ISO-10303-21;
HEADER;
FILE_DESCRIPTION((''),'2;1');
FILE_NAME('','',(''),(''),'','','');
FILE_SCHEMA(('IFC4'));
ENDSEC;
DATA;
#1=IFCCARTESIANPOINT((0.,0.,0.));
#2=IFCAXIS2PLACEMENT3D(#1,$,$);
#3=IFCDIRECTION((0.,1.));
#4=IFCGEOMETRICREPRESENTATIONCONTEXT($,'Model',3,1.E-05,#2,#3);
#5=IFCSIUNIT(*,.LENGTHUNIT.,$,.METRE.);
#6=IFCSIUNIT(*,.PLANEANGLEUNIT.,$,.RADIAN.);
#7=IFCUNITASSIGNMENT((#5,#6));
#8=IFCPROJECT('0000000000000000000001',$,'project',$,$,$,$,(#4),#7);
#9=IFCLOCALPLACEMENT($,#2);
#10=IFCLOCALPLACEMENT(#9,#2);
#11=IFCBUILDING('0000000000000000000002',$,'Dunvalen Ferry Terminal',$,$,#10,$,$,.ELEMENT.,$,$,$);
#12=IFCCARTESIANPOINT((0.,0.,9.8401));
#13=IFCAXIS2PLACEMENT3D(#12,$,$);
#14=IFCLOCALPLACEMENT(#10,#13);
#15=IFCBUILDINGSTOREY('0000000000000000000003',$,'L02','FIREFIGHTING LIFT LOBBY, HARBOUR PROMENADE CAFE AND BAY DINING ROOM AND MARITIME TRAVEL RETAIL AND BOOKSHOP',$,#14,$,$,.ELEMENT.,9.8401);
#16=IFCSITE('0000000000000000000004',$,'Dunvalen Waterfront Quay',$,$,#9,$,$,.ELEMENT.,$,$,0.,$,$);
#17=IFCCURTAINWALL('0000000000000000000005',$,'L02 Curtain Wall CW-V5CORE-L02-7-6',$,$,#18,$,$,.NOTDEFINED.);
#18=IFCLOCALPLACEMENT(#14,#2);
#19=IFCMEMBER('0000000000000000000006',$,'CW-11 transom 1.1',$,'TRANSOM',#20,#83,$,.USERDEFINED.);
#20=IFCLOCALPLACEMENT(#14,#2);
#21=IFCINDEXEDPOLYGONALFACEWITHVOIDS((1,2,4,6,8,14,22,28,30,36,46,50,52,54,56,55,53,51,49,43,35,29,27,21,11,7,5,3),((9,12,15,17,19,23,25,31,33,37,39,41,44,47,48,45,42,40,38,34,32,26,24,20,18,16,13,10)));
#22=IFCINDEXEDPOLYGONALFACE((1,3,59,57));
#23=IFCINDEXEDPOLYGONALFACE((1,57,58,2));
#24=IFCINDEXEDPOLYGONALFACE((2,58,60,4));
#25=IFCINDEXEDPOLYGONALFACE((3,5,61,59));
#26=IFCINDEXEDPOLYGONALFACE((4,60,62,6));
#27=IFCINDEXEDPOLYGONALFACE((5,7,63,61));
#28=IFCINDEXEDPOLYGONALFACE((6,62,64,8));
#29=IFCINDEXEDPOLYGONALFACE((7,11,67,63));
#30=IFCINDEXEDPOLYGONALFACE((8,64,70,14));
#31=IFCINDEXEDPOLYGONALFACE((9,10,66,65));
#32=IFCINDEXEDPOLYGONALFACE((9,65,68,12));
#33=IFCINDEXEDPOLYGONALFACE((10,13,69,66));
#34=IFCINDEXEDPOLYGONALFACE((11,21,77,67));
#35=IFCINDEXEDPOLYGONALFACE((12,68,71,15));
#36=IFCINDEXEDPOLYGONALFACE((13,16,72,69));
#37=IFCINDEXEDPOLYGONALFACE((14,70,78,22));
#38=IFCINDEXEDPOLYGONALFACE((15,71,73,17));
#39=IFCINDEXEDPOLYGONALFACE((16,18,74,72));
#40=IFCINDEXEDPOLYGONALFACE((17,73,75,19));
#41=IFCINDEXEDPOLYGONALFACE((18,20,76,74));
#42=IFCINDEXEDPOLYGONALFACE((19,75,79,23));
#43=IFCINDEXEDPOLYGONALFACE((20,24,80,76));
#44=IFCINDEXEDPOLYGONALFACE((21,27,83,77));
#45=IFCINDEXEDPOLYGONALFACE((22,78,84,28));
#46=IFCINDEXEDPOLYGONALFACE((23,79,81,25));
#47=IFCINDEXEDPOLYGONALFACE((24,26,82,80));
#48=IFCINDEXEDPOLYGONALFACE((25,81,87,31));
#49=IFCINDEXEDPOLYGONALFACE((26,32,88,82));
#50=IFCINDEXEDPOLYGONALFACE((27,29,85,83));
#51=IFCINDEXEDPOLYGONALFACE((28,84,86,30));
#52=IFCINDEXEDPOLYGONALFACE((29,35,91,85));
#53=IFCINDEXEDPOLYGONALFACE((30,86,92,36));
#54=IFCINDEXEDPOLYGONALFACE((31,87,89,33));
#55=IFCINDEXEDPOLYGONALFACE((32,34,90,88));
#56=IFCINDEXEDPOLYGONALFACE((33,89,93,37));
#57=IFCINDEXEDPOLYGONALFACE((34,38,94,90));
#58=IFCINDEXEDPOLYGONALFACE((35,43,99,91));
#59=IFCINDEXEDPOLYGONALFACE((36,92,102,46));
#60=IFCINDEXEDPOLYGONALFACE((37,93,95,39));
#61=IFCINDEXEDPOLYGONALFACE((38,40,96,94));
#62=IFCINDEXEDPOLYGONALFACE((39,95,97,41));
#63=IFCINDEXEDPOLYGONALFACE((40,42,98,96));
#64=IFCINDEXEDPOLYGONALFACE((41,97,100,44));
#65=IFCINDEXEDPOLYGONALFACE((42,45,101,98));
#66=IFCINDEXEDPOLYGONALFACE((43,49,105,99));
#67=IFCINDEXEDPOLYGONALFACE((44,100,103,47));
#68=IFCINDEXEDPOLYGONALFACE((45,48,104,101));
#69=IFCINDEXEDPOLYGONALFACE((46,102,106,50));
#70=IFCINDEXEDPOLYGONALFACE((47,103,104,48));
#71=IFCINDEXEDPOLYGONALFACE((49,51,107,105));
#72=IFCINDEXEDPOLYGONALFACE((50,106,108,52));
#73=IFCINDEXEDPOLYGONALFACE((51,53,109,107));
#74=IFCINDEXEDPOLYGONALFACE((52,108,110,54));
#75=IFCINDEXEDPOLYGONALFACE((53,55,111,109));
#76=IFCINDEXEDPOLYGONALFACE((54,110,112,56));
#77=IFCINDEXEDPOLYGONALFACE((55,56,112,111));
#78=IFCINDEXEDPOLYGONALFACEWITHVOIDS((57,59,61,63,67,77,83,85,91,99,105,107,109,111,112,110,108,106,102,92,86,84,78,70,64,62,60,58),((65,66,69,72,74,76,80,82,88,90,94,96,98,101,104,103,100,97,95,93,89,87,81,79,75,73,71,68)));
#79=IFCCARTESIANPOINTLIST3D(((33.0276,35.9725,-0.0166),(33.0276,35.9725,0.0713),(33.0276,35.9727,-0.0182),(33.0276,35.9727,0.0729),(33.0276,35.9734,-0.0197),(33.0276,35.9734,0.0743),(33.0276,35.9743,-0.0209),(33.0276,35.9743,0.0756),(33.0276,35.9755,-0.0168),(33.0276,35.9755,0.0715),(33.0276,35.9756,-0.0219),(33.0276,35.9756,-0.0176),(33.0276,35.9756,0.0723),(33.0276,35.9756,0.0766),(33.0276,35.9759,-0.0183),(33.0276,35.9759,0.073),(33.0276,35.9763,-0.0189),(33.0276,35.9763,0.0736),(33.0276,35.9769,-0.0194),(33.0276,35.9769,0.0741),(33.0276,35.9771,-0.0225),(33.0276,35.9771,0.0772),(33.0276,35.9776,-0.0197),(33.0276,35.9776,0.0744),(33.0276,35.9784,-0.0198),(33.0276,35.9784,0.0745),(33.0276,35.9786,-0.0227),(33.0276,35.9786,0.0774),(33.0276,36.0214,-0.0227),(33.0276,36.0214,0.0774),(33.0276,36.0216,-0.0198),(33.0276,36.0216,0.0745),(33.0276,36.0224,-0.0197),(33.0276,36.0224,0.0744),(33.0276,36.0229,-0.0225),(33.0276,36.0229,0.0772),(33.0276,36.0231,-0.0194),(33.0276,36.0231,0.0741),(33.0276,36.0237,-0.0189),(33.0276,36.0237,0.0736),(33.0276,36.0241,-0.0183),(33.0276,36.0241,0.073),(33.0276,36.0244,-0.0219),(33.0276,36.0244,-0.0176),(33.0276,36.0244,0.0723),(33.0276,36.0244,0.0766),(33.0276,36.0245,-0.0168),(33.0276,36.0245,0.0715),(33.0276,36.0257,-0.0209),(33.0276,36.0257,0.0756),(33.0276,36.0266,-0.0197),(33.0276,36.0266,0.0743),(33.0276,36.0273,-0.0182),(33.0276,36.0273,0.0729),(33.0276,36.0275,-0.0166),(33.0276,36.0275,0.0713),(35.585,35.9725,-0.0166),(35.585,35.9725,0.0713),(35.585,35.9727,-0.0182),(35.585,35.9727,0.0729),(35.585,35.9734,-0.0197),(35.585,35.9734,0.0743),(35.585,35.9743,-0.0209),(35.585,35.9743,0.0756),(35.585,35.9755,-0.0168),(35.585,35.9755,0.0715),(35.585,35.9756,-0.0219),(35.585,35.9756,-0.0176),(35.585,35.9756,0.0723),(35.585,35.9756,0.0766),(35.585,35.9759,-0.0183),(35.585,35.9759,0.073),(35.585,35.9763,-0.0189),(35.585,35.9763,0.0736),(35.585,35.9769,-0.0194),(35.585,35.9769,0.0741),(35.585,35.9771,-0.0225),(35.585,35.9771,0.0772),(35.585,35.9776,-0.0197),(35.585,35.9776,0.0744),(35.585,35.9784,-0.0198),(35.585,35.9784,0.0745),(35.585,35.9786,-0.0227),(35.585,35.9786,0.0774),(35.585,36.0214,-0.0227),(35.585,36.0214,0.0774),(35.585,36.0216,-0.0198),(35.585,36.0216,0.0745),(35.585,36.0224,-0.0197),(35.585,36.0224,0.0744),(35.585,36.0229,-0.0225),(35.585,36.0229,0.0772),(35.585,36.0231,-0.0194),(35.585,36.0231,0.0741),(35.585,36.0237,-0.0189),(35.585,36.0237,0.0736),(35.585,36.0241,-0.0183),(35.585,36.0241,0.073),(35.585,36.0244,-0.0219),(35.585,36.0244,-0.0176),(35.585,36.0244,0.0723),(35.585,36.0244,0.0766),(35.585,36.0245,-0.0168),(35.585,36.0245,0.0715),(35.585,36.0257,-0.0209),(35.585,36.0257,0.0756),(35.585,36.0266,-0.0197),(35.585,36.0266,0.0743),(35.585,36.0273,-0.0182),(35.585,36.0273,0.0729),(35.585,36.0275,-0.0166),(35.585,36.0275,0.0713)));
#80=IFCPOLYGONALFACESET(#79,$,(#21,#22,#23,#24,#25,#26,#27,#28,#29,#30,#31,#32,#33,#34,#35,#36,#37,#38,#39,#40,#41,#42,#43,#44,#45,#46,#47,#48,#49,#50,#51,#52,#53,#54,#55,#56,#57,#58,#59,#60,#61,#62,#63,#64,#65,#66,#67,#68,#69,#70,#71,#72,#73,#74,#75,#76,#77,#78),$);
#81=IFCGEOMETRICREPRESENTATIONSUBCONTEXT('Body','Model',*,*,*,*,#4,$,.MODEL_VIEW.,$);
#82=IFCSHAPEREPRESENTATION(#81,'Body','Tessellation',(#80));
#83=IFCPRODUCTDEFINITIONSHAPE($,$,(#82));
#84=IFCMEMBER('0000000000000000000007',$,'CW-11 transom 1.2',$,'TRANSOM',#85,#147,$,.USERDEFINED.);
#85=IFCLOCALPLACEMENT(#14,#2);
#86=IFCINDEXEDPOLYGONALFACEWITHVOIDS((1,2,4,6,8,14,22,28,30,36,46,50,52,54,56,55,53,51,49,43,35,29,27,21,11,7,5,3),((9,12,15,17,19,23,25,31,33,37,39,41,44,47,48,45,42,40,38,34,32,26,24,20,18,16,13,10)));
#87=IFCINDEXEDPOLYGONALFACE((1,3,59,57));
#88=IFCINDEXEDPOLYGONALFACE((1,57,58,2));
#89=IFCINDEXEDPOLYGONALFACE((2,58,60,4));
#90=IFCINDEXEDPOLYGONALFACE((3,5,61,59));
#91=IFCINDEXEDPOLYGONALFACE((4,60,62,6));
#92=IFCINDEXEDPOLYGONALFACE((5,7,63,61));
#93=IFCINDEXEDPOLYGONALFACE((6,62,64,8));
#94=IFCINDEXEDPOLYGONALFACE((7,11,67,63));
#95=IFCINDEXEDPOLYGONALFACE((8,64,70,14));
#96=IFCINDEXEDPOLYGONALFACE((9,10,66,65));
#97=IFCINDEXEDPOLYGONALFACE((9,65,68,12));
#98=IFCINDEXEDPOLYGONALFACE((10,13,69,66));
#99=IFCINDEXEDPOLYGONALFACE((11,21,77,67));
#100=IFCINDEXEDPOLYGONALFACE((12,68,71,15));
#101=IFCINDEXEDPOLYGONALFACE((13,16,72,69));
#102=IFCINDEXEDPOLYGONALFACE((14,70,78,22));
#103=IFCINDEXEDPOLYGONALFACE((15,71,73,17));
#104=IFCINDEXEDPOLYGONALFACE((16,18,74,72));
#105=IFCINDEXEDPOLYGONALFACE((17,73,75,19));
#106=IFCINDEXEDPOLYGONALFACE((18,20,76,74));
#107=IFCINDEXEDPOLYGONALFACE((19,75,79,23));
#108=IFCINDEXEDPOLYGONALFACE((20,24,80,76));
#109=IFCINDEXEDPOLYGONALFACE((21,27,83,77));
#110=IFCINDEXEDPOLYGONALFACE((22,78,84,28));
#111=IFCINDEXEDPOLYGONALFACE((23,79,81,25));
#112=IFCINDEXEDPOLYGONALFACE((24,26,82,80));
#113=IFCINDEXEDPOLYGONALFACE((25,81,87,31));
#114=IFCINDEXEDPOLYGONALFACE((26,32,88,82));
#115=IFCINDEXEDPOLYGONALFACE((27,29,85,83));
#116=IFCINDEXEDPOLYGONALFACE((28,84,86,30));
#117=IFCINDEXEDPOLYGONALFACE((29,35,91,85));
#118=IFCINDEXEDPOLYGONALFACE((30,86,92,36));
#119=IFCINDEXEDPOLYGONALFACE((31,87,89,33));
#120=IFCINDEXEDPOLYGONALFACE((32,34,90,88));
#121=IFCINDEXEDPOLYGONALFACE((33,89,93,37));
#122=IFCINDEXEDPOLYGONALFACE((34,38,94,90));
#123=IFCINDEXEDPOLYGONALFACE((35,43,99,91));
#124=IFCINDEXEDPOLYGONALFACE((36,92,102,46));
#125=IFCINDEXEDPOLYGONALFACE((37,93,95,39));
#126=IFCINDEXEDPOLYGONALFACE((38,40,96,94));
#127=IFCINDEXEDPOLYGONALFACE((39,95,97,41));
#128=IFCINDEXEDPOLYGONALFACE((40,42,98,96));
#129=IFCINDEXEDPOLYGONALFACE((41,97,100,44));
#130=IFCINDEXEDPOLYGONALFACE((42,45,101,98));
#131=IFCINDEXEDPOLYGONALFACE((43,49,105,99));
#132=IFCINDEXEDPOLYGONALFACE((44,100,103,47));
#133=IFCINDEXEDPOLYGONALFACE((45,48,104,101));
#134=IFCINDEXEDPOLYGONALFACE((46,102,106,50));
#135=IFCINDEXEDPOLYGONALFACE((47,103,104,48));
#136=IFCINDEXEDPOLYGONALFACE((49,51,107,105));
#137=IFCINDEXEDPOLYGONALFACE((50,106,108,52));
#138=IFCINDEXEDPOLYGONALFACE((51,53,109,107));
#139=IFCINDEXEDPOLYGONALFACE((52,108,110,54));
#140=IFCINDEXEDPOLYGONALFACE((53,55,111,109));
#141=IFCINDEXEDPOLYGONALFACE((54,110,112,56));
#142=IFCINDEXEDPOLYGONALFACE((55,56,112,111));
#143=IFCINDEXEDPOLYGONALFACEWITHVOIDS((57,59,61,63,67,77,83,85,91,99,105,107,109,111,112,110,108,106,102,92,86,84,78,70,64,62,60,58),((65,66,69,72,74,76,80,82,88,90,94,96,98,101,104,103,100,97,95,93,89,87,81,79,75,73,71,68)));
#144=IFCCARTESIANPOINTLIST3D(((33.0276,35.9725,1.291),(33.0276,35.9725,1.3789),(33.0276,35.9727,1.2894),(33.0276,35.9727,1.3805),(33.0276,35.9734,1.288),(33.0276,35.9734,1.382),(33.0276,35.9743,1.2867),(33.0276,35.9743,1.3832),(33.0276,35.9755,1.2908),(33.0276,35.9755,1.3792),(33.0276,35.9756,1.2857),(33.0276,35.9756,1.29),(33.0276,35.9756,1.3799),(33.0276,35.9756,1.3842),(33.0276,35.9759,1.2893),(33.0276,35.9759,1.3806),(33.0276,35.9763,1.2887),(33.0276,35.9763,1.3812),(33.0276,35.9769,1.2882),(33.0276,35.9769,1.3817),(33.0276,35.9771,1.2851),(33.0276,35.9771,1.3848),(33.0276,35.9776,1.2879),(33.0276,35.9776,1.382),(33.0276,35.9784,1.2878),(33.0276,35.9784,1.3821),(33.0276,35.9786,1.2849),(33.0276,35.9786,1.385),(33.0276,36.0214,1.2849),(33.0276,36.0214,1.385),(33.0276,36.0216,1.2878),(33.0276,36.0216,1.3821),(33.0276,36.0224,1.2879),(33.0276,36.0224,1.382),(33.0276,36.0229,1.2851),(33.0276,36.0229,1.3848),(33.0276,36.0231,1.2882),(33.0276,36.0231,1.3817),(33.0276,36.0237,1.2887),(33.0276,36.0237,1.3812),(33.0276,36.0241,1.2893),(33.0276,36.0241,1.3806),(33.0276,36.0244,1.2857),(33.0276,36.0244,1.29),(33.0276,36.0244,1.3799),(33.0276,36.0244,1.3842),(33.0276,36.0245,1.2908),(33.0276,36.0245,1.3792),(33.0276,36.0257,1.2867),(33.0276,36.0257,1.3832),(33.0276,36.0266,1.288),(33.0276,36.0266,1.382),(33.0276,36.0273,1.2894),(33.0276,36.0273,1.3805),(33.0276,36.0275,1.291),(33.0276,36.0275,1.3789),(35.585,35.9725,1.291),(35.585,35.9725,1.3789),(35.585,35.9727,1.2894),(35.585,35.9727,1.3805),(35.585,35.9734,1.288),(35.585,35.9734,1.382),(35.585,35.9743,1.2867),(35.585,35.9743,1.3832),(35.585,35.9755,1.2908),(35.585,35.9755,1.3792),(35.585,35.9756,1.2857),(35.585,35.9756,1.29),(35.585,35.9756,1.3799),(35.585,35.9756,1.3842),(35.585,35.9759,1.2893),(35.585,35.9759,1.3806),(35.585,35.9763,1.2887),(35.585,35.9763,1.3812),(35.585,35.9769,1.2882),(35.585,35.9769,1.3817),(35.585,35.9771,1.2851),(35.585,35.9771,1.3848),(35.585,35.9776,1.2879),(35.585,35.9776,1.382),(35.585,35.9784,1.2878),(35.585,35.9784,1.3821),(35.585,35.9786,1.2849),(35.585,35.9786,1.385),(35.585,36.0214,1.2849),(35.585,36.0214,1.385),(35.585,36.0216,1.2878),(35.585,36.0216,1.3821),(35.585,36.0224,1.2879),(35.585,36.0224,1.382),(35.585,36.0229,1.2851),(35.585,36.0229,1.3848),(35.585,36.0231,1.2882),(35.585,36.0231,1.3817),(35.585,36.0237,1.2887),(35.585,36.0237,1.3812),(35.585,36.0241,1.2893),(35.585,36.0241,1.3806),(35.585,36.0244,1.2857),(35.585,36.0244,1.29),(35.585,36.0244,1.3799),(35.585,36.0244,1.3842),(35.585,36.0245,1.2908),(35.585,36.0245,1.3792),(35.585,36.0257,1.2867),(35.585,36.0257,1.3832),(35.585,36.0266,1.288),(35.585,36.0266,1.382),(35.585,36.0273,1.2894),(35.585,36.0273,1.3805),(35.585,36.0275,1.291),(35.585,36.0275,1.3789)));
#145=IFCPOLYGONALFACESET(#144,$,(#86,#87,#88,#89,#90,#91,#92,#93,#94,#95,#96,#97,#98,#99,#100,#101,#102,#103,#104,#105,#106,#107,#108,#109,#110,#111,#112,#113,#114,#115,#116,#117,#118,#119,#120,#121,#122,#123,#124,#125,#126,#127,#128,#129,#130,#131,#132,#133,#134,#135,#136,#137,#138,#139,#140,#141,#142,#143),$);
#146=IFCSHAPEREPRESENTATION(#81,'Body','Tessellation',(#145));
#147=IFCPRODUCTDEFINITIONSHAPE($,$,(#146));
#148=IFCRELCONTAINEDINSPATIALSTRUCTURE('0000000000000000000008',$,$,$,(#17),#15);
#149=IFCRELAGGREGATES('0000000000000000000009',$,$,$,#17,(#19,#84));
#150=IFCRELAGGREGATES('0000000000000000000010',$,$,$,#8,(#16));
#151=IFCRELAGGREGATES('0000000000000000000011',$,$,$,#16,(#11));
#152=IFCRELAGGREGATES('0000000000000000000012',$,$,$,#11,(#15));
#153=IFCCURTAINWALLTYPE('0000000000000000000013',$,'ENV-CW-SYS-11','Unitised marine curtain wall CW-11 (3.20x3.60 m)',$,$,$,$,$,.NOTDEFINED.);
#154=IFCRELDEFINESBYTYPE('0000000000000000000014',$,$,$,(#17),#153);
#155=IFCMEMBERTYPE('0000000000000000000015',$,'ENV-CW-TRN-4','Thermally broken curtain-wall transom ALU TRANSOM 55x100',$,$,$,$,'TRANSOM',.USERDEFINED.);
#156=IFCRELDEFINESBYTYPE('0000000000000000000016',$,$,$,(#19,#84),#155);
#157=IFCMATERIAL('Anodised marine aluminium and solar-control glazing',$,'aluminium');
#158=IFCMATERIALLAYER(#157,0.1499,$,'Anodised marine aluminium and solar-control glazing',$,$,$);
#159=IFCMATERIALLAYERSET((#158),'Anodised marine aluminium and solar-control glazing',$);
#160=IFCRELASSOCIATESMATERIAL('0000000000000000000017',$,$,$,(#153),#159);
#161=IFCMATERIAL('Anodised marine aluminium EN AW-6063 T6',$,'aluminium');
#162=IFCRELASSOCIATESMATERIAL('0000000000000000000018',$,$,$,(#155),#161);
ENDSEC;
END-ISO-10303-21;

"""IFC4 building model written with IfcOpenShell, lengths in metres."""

from ifc_helpers import new_model, si_unit, direction, frame, origin, origin_2d, place, context, subcontext, project, spatial, hollow_rectangle, extrude, material, layer, layer_set, material_profile, profile_set, type_object, element, aggregate, save


model = new_model("IFC4")

# Units and contexts
model_context = context("Model", 3, precision=1e-05, world=origin(), true_north=direction((0.0, 1.0)))
body_context = subcontext(model_context, "Body", "Model", "MODEL_VIEW")
ifc_project = project(units=[si_unit("LENGTHUNIT", "METRE"), si_unit("PLANEANGLEUNIT", "RADIAN")], contexts=[model_context])

# Site, building, storey
site_placement = place(None, origin())
site = spatial("IfcSite", under=ifc_project, at=site_placement, Name="Dunvalen Waterfront Quay", CompositionType="ELEMENT", RefElevation=0.0)
building_placement = place(site_placement, origin())
building = spatial("IfcBuilding", under=site, at=building_placement, Name="Dunvalen Ferry Terminal", CompositionType="ELEMENT")
storey_placement = place(building_placement, frame((0.0, 0.0, 9.8401)))
storey = spatial("IfcBuildingStorey", under=building, at=storey_placement, Name="L02", Description="FIREFIGHTING LIFT LOBBY, HARBOUR PROMENADE CAFE AND BAY DINING ROOM AND MARITIME TRAVEL RETAIL AND BOOKSHOP", CompositionType="ELEMENT", Elevation=9.8401)

# Shared definitions
ifc_material_1 = material(Name="Anodised marine aluminium and solar-control glazing", Category="aluminium")
ifc_material_2 = material(Name="Anodised marine aluminium EN AW-6063 T6", Category="aluminium")

# Curtain wall
ifc_layer_1 = layer(ifc_material_1, 0.1499, Name="Anodised marine aluminium and solar-control glazing")
ifc_layer_set_1 = layer_set([ifc_layer_1], Name="Anodised marine aluminium and solar-control glazing")
curtain_wall_type_1 = type_object("IfcCurtainWallType", Name="ENV-CW-SYS-11", Description="Unitised marine curtain wall CW-11 (3.20x3.60 m)", PredefinedType="NOTDEFINED", material=ifc_layer_set_1)
curtain_wall_1_placement = place(storey_placement, origin())
curtain_wall_1 = element("IfcCurtainWall", 1, at=curtain_wall_1_placement, inside=storey, type_object=curtain_wall_type_1, Name="L02 Curtain Wall CW-V5CORE-L02-7-6", PredefinedType="NOTDEFINED")

# Members
ifc_material_profile_1 = material_profile(ifc_material_2, hollow_rectangle(XDim=0.0549, YDim=0.1001, WallThickness=0.0029, InnerFilletRadius=0.0029, OuterFilletRadius=0.0061, at=origin_2d()), Name="Anodised marine aluminium EN AW-6063 T6")
ifc_profile_set_1 = profile_set([ifc_material_profile_1], Name="Anodised marine aluminium EN AW-6063 T6")
member_type_1 = type_object("IfcMemberType", Name="ENV-CW-TRN-4", Description="Thermally broken curtain-wall transom ALU TRANSOM 55x100", ElementType="TRANSOM", PredefinedType="USERDEFINED", material=ifc_profile_set_1)
member_1_placement = place(storey_placement, frame((35.585, 36.0, 0.0273), z_axis=(-1.0, 0.0, 0.0), x_axis=(0.0, -1.0, 0.0)))
member_1 = element("IfcMember", 2, at=member_1_placement, type_object=member_type_1, Name="CW-11 transom 1.1", ObjectType="TRANSOM", PredefinedType="USERDEFINED", context=body_context, shape_type="SweptSolid", body=[
    extrude(hollow_rectangle(XDim=0.0549, YDim=0.1001, WallThickness=0.0029, InnerFilletRadius=0.0029, OuterFilletRadius=0.0061, at=origin_2d()), origin(), (0.0, 0.0, 1.0), 2.5574),
])
member_2_placement = place(storey_placement, frame((35.585, 36.0, 1.335), z_axis=(-1.0, 0.0, 0.0), x_axis=(0.0, -1.0, 0.0)))
member_2 = element("IfcMember", 3, at=member_2_placement, type_object=member_type_1, Name="CW-11 transom 1.2", ObjectType="TRANSOM", PredefinedType="USERDEFINED", context=body_context, shape_type="SweptSolid", body=[
    extrude(hollow_rectangle(XDim=0.0549, YDim=0.1001, WallThickness=0.0029, InnerFilletRadius=0.0029, OuterFilletRadius=0.0061, at=origin_2d()), origin(), (0.0, 0.0, 1.0), 2.5574),
])

aggregate(curtain_wall_1, [member_1, member_2])

save(model, "model.ifc")
